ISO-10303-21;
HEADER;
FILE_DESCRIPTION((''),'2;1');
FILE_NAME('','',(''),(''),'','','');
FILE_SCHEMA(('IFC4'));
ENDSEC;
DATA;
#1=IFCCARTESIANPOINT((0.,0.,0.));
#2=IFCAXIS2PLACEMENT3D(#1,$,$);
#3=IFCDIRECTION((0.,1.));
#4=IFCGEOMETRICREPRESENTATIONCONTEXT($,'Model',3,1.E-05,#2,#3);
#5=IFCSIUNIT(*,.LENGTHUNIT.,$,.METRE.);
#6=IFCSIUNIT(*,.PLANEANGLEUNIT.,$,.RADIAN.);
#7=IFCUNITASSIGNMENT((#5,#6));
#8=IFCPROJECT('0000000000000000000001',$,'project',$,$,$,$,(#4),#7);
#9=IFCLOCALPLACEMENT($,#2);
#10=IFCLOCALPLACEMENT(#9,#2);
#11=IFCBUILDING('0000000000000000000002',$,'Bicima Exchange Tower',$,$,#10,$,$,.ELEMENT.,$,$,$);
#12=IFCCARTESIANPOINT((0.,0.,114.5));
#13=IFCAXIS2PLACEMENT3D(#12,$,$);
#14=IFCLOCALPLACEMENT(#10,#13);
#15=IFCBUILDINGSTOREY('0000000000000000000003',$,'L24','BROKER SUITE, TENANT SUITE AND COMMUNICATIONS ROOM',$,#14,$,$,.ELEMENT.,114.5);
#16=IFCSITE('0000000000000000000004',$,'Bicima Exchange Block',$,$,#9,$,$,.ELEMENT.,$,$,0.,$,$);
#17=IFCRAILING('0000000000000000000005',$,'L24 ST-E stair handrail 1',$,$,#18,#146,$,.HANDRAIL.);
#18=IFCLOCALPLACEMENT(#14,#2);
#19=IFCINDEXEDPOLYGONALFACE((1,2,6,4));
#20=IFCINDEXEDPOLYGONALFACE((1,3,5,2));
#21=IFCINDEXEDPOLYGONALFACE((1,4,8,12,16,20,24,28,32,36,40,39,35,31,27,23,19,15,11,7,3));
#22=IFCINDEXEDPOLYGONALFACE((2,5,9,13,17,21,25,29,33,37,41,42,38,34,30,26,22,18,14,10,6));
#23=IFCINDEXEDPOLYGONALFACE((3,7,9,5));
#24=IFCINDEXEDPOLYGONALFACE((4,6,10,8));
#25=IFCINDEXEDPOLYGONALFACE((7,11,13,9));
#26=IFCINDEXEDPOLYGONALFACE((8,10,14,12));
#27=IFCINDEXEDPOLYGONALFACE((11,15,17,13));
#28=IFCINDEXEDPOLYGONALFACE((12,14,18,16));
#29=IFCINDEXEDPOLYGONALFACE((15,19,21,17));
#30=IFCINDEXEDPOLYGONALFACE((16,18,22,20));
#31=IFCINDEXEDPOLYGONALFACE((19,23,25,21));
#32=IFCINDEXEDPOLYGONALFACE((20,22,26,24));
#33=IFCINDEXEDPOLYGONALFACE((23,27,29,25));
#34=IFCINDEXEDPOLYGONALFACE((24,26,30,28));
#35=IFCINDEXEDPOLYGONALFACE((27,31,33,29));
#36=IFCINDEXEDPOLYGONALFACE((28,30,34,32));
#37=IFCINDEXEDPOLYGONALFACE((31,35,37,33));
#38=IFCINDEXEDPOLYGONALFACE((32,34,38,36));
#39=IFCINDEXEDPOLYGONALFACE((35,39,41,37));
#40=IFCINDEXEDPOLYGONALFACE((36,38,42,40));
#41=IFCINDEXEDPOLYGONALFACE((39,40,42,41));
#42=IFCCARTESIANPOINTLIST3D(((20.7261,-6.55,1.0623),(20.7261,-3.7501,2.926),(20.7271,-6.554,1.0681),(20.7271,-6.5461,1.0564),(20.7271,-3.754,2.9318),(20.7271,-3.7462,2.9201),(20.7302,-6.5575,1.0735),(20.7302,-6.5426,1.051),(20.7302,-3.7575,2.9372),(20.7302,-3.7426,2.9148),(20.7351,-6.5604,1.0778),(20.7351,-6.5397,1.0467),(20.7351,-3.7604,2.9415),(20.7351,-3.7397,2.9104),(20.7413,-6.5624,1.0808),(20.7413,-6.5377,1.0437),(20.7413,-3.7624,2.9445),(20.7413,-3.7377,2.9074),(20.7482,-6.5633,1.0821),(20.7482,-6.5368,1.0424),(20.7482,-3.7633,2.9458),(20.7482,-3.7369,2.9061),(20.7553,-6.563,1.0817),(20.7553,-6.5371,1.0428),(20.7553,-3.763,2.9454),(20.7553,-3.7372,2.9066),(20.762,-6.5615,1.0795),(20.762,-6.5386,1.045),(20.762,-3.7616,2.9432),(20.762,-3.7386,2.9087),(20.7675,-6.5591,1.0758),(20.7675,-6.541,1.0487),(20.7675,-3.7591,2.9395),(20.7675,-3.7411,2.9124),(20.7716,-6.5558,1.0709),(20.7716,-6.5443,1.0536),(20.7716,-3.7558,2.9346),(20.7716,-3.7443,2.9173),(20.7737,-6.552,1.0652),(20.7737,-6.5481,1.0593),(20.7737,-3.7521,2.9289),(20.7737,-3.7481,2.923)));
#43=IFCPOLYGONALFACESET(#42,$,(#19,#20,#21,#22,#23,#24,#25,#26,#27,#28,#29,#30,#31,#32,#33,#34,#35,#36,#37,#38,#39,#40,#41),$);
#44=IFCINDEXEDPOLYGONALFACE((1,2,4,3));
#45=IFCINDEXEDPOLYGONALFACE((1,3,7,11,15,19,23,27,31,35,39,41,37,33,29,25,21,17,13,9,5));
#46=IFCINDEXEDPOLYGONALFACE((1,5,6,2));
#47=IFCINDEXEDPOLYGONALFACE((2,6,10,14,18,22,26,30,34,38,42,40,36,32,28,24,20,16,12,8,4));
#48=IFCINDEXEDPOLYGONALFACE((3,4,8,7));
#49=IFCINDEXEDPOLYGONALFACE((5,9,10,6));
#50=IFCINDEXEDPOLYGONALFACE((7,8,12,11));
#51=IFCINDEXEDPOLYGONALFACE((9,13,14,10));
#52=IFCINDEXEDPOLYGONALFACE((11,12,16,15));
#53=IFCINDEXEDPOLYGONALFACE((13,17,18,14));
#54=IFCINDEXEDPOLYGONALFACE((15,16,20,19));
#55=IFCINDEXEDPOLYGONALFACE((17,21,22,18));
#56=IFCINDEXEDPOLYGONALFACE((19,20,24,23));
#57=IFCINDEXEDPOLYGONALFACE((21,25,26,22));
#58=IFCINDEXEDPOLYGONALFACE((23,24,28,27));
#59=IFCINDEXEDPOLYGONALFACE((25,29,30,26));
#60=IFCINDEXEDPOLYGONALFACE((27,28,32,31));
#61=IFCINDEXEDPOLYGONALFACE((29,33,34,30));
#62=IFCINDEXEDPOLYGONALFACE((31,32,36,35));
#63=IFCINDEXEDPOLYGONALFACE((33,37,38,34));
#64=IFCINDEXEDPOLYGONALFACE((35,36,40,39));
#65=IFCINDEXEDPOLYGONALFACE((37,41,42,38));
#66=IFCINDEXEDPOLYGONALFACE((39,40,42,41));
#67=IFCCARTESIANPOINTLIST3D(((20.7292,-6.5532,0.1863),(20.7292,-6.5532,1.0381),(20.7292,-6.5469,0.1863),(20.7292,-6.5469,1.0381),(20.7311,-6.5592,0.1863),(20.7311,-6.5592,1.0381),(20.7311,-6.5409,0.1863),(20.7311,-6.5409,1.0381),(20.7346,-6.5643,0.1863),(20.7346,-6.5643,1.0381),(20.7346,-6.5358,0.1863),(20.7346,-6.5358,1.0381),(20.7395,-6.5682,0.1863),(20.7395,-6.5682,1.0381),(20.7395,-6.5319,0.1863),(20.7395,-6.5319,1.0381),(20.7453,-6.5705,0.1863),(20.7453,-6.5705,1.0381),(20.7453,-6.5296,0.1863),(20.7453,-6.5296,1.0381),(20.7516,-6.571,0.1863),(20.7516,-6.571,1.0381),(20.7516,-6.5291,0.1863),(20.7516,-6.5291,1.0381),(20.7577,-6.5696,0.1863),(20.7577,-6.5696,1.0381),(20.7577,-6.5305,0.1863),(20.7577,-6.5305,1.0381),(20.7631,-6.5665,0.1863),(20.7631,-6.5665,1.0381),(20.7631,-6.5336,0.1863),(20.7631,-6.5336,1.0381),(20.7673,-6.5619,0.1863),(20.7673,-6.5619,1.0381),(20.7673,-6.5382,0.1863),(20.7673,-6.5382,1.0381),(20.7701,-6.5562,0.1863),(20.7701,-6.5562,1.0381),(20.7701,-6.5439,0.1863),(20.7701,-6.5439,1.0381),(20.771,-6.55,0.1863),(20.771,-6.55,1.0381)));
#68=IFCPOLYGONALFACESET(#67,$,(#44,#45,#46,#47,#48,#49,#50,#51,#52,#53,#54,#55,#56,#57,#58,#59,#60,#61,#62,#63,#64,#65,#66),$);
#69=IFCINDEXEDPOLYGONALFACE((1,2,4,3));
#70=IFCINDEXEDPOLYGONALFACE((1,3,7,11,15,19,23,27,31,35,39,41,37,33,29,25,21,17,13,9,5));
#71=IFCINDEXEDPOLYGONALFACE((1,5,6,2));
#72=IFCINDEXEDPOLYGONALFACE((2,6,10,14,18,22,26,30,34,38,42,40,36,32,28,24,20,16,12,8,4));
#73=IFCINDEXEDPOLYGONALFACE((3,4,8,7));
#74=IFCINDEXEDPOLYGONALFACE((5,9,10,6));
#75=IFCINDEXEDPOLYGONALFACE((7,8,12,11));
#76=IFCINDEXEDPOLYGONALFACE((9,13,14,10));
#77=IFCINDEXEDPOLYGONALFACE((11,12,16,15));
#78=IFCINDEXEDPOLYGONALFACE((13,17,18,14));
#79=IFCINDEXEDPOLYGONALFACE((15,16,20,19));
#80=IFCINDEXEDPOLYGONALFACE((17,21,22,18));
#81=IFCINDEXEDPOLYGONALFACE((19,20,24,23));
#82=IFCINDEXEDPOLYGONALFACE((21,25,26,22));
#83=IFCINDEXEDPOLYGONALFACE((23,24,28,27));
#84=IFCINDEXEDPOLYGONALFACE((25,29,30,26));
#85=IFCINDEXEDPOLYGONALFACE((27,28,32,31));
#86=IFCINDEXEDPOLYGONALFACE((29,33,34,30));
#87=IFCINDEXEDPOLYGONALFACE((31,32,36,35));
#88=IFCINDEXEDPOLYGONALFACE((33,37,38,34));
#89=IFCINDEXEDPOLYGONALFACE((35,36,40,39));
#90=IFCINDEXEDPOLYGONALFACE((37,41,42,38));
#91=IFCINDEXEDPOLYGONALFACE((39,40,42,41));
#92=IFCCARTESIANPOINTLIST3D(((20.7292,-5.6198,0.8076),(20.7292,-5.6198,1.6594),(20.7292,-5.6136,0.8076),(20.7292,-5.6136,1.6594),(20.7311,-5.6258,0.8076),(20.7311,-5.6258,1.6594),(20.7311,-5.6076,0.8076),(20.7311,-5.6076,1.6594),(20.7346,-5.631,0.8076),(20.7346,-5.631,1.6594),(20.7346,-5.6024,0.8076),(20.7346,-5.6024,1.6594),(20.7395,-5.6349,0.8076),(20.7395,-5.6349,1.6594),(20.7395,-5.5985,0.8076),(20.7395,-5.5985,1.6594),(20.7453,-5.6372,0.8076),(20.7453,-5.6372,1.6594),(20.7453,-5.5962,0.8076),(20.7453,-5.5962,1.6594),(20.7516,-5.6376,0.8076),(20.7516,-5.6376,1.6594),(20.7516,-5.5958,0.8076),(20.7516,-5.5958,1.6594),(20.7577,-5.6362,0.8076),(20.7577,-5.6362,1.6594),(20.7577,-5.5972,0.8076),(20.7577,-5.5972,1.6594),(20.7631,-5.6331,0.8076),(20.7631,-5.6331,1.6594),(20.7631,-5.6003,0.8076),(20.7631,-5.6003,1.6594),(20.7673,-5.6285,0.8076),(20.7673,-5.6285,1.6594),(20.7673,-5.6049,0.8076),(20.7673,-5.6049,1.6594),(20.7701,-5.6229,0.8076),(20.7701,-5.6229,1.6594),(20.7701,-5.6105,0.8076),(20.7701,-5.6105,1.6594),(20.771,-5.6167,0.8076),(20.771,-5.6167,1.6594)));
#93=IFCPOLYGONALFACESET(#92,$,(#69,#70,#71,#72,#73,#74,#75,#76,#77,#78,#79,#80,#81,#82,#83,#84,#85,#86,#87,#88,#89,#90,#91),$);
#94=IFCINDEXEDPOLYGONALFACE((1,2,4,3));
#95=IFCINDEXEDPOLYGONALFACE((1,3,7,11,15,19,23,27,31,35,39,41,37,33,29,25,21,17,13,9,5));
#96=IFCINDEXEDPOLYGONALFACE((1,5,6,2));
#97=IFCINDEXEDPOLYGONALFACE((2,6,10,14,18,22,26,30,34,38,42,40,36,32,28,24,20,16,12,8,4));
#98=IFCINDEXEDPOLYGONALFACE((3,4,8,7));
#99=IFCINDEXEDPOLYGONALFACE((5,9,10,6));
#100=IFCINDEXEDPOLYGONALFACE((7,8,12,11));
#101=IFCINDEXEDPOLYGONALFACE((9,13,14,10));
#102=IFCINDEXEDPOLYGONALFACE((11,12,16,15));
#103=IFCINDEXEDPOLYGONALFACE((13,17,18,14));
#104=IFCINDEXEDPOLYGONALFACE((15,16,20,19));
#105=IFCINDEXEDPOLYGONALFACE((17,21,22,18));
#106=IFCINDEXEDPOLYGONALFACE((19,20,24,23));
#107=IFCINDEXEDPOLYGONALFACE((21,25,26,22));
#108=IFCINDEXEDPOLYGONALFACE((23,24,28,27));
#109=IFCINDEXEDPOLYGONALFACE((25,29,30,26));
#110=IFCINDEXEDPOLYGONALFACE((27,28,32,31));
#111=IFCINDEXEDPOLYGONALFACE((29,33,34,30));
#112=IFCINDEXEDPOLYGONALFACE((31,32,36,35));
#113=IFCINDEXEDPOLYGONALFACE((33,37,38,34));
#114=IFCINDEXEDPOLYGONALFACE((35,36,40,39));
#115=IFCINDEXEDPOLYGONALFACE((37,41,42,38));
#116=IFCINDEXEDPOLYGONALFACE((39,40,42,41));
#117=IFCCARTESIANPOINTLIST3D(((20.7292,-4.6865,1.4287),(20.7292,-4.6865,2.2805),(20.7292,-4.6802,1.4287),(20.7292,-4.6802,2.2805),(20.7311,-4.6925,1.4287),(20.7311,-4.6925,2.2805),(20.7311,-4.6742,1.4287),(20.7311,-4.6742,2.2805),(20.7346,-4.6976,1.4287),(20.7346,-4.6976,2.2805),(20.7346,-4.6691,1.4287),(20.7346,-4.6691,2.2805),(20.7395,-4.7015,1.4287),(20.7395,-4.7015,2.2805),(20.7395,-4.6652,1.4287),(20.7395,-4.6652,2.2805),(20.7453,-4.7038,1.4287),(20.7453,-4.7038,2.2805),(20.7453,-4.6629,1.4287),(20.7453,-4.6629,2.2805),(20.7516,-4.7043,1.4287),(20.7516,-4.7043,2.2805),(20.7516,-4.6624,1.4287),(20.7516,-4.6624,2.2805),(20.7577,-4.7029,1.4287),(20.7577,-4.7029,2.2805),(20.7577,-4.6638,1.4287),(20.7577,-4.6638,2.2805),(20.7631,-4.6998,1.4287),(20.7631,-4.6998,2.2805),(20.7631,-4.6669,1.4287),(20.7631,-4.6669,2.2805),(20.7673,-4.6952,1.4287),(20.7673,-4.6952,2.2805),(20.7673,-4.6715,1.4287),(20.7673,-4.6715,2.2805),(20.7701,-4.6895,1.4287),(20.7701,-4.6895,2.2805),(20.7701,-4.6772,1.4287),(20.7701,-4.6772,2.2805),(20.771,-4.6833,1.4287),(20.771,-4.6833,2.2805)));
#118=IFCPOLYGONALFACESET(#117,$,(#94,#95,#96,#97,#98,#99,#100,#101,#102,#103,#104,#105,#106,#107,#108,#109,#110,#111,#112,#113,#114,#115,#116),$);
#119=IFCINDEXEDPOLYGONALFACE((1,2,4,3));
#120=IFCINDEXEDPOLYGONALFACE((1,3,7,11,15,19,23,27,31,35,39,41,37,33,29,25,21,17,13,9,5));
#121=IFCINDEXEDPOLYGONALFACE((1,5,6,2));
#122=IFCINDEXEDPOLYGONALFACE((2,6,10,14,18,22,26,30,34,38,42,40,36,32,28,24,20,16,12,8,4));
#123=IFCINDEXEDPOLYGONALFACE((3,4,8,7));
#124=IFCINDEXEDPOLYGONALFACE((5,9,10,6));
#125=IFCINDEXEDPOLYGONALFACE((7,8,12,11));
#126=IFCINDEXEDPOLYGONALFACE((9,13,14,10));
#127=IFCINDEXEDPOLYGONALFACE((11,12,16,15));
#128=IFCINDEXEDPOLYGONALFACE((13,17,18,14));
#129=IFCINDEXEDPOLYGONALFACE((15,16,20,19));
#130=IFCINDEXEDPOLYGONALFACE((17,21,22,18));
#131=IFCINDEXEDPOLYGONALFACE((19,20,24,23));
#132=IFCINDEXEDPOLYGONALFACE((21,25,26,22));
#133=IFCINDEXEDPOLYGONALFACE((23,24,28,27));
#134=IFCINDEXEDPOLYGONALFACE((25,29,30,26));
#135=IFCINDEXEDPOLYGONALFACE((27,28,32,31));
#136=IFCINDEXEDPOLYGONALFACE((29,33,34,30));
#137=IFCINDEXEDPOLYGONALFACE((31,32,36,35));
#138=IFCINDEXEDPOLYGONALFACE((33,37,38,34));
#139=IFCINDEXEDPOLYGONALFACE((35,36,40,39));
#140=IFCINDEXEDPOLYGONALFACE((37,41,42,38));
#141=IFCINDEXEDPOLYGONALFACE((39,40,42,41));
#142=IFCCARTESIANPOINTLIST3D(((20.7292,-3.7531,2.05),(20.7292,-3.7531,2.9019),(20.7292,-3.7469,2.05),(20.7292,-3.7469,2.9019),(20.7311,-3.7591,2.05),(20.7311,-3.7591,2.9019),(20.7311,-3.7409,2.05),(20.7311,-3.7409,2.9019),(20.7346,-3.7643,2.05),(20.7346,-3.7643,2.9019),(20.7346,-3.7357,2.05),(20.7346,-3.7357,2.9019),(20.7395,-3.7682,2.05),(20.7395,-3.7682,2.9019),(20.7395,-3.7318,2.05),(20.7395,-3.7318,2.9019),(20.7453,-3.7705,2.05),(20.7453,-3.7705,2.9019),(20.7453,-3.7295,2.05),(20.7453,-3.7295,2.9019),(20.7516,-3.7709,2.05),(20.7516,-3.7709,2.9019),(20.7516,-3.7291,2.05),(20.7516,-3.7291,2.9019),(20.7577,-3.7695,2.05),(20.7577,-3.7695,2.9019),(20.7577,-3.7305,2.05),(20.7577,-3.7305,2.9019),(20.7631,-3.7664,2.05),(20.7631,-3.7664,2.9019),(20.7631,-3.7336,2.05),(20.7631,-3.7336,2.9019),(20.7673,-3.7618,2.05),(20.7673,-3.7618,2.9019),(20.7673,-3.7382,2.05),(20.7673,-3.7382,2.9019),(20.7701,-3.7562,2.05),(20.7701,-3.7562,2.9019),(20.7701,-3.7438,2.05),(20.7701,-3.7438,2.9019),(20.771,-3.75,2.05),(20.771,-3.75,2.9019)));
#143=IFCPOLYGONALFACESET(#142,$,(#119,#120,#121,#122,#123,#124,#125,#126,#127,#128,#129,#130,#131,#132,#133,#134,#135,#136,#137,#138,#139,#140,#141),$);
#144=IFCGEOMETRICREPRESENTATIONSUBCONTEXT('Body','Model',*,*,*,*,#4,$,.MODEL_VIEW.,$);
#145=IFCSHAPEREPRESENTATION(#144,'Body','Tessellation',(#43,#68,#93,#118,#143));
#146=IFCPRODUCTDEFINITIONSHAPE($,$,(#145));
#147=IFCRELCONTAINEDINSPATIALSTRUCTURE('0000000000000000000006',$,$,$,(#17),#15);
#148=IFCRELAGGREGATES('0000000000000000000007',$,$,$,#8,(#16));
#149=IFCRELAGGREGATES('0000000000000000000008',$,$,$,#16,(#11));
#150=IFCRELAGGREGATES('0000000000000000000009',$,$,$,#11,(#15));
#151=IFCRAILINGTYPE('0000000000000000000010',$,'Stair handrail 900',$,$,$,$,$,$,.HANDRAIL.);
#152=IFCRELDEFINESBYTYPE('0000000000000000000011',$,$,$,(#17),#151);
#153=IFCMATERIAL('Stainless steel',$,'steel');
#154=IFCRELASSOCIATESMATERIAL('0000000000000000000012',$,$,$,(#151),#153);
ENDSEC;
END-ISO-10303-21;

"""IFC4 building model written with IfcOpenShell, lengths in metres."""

from ifc_helpers import new_model, si_unit, direction, frame, origin, origin_2d, place, context, subcontext, project, spatial, circle, extrude, material, type_object, element, save


model = new_model("IFC4")

# Units and contexts
model_context = context("Model", 3, precision=1e-05, world=origin(), true_north=direction((0.0, 1.0)))
body_context = subcontext(model_context, "Body", "Model", "MODEL_VIEW")
ifc_project = project(units=[si_unit("LENGTHUNIT", "METRE"), si_unit("PLANEANGLEUNIT", "RADIAN")], contexts=[model_context])

# Site, building, storey
site_placement = place(None, origin())
site = spatial("IfcSite", under=ifc_project, at=site_placement, Name="Bicima Exchange Block", CompositionType="ELEMENT", RefElevation=0.0)
building_placement = place(site_placement, origin())
building = spatial("IfcBuilding", under=site, at=building_placement, Name="Bicima Exchange Tower", CompositionType="ELEMENT")
storey_placement = place(building_placement, frame((0.0, 0.0, 114.5)))
storey = spatial("IfcBuildingStorey", under=building, at=storey_placement, Name="L24", Description="BROKER SUITE, TENANT SUITE AND COMMUNICATIONS ROOM", CompositionType="ELEMENT", Elevation=114.5)

# Railing
ifc_material_1 = material(Name="Stainless steel", Category="steel")
railing_type_1 = type_object("IfcRailingType", Name="Stair handrail 900", PredefinedType="HANDRAIL", material=ifc_material_1)
railing_1_placement = place(storey_placement, frame((20.75, -6.55, 0.1863)))
element("IfcRailing", 1, at=railing_1_placement, inside=storey, type_object=railing_type_1, Name="L24 ST-E stair handrail 1", PredefinedType="HANDRAIL", context=body_context, shape_type="SweptSolid", body=[
    extrude(circle(Radius=0.0239, at=origin_2d()), frame((0.0, 0.0, 0.876), z_axis=(0.0, 0.832452, 0.554097), x_axis=(-1.0, 0.0, 0.0)), (0.0, 0.0, 1.0), 3.3635),
    extrude(circle(Radius=0.021, at=origin_2d()), origin(), (0.0, 0.0, 1.0), 0.8518),
    extrude(circle(Radius=0.021, at=origin_2d()), frame((0.0, 0.9333, 0.6213)), (0.0, 0.0, 1.0), 0.8518),
    extrude(circle(Radius=0.021, at=origin_2d()), frame((0.0, 1.8667, 1.2424)), (0.0, 0.0, 1.0), 0.8518),
    extrude(circle(Radius=0.021, at=origin_2d()), frame((0.0, 2.8, 1.8638)), (0.0, 0.0, 1.0), 0.8518),
])

save(model, "model.ifc")
